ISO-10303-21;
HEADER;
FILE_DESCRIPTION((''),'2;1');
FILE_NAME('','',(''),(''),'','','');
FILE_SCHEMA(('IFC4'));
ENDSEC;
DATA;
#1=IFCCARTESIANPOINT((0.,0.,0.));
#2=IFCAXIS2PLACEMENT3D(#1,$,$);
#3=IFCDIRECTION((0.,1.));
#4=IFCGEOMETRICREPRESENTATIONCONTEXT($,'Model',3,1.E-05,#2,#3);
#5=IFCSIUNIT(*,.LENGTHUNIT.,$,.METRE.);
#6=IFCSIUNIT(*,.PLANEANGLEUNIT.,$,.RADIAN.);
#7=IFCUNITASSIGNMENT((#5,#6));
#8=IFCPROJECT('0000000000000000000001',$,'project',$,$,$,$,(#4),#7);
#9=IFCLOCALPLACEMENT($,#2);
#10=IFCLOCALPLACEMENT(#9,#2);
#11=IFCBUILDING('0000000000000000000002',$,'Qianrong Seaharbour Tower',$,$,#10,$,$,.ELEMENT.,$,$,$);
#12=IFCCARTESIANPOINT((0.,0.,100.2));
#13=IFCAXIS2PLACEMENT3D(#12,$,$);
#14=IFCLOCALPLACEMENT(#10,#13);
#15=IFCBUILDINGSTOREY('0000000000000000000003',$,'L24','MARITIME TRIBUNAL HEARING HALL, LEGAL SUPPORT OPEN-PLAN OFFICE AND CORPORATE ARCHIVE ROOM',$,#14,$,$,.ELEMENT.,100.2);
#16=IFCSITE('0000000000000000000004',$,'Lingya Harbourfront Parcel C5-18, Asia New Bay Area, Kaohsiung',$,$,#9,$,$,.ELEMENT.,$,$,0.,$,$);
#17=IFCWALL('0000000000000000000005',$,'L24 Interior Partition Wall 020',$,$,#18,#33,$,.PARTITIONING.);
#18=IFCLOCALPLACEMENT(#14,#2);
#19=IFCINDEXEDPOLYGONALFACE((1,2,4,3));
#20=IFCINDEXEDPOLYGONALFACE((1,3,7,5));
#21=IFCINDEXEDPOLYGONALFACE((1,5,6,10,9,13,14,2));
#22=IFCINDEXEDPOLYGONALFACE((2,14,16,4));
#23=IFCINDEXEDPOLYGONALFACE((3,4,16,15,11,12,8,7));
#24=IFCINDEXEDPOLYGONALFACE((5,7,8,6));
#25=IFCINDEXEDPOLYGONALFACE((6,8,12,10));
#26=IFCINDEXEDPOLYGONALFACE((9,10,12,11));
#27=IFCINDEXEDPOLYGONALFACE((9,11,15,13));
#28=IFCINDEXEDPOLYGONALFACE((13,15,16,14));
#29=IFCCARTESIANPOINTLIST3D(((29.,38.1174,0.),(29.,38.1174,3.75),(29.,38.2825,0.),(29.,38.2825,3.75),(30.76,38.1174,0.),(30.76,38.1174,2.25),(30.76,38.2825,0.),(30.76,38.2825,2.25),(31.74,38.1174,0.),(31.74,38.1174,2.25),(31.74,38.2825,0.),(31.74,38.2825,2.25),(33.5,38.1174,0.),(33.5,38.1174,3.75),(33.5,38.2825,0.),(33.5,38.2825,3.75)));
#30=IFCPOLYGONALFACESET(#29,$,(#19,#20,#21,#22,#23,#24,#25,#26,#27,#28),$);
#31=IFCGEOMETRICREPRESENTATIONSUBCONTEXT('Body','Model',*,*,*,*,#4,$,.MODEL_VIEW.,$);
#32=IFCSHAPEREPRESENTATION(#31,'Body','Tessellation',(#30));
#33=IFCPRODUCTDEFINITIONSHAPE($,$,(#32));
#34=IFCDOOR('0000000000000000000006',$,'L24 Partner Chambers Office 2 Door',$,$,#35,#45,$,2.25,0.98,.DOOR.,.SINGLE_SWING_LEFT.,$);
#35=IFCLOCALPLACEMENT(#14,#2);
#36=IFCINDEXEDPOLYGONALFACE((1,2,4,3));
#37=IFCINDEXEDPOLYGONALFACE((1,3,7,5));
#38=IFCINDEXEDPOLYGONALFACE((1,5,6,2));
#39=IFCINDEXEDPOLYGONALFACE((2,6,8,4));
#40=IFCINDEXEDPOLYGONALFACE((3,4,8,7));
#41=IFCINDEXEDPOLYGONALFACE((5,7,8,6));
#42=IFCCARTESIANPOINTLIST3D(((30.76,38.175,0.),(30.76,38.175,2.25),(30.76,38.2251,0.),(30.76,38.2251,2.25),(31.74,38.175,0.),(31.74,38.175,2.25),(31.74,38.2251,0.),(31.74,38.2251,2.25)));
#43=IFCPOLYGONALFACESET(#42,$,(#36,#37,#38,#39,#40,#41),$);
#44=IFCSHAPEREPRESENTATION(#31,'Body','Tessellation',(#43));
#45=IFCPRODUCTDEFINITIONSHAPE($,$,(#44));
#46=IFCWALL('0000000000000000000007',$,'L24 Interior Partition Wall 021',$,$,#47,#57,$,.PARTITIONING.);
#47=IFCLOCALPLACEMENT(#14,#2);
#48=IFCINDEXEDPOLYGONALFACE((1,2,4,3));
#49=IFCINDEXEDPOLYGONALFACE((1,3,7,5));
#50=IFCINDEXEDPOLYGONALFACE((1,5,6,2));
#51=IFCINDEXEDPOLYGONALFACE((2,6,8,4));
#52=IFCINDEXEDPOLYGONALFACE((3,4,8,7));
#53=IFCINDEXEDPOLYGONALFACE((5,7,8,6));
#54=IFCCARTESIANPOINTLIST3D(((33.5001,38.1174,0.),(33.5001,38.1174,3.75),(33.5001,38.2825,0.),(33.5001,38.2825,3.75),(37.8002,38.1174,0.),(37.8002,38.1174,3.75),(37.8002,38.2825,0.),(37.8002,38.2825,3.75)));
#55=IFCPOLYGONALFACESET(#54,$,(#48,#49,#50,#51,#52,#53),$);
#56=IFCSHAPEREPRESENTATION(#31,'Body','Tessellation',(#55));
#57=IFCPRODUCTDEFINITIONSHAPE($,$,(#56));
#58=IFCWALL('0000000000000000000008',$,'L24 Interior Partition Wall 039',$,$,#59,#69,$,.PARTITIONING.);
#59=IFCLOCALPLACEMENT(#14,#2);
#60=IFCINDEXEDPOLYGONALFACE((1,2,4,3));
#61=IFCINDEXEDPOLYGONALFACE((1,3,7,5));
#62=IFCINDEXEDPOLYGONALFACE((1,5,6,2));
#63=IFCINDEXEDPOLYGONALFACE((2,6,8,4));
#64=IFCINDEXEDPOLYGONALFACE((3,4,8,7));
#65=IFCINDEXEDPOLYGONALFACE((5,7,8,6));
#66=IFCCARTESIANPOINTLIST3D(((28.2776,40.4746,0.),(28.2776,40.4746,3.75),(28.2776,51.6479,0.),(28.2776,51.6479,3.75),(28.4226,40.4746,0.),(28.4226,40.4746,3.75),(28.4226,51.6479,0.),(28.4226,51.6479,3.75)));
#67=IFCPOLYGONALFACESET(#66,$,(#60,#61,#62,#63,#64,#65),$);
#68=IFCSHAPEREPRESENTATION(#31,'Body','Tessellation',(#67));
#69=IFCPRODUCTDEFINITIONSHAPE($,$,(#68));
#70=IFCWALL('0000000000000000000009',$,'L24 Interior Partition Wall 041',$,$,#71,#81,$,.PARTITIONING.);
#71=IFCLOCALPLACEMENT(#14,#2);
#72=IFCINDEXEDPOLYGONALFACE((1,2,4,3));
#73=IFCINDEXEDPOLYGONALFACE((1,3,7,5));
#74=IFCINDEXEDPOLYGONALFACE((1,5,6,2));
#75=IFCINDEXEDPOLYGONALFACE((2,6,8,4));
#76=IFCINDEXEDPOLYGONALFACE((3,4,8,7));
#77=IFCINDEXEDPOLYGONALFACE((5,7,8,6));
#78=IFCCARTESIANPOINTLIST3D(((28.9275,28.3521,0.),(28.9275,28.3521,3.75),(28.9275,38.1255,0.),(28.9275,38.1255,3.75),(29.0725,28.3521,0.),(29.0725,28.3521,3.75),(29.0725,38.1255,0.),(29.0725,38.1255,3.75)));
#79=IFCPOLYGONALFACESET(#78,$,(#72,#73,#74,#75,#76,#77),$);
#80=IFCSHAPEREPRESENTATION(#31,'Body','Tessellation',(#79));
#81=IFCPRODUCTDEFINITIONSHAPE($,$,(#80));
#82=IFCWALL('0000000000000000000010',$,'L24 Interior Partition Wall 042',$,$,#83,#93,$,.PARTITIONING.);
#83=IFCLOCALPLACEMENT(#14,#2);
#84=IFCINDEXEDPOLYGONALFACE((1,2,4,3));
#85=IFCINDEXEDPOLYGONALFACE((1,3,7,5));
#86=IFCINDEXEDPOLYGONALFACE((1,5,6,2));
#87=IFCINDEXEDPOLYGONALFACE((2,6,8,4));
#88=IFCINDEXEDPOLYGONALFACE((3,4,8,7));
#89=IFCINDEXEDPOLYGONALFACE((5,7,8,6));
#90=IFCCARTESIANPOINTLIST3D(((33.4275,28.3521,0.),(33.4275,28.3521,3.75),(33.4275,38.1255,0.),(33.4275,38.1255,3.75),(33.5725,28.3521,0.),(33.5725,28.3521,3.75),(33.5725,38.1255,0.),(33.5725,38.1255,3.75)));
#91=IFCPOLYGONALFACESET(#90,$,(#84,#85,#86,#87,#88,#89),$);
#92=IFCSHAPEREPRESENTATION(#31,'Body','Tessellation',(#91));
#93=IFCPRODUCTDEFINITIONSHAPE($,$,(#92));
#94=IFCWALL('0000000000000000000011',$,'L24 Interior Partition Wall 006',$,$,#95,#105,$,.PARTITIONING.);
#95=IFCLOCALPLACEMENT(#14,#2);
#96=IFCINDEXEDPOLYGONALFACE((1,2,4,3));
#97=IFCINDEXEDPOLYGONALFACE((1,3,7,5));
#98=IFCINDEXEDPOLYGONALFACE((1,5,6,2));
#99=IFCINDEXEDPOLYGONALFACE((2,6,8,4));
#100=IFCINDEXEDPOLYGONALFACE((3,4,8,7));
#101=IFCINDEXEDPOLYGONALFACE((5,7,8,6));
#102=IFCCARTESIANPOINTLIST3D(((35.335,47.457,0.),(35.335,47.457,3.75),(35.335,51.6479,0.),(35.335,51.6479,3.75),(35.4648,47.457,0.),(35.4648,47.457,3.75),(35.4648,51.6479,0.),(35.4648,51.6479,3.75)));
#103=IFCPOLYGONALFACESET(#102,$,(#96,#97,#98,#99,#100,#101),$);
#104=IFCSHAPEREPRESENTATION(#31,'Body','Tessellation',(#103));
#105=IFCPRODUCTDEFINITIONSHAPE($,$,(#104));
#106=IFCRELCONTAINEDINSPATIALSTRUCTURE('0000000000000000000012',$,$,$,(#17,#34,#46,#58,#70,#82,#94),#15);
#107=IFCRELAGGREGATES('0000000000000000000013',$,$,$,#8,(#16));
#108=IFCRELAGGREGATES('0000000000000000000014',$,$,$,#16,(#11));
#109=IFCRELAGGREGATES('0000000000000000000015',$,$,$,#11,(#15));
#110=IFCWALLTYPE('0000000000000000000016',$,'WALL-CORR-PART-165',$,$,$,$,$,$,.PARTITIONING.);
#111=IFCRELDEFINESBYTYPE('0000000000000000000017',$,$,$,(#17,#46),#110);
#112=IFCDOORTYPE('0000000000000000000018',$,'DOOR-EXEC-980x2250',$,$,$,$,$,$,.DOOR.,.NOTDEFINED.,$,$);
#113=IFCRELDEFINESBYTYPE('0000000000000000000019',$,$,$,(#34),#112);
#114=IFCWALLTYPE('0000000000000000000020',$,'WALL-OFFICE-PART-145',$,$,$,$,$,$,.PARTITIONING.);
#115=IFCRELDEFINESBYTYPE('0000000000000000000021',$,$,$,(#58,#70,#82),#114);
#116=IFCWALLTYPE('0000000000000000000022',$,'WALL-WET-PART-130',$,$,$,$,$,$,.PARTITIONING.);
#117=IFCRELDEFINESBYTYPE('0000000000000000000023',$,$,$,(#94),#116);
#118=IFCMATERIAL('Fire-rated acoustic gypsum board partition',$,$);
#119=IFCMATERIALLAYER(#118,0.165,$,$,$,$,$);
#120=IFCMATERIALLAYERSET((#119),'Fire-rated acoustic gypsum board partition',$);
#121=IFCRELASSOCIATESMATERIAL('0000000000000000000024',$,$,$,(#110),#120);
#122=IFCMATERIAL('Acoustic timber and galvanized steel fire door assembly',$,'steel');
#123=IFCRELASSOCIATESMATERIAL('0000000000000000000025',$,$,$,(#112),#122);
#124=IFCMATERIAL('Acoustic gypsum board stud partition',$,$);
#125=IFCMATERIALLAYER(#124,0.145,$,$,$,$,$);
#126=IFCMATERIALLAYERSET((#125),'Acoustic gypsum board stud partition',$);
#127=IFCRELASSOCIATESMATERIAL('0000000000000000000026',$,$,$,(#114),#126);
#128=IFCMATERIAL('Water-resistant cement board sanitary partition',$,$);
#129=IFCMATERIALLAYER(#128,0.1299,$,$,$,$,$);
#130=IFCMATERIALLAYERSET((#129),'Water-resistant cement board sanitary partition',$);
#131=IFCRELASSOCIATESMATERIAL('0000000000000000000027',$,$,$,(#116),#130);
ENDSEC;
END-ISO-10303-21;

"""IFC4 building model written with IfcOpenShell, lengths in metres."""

from ifc_helpers import new_model, si_unit, direction, frame, frame_2d, origin, place, context, subcontext, project, spatial, rectangle, extrude, material, layer, layer_set, type_object, element, fill, save


model = new_model("IFC4")

# Units and contexts
model_context = context("Model", 3, precision=1e-05, world=origin(), true_north=direction((0.0, 1.0)))
body_context = subcontext(model_context, "Body", "Model", "MODEL_VIEW")
ifc_project = project(units=[si_unit("LENGTHUNIT", "METRE"), si_unit("PLANEANGLEUNIT", "RADIAN")], contexts=[model_context])

# Site, building, storey
site_placement = place(None, origin())
site = spatial("IfcSite", under=ifc_project, at=site_placement, Name="Lingya Harbourfront Parcel C5-18, Asia New Bay Area, Kaohsiung", CompositionType="ELEMENT", RefElevation=0.0)
building_placement = place(site_placement, origin())
building = spatial("IfcBuilding", under=site, at=building_placement, Name="Qianrong Seaharbour Tower", CompositionType="ELEMENT")
storey_placement = place(building_placement, frame((0.0, 0.0, 100.2)))
storey = spatial("IfcBuildingStorey", under=building, at=storey_placement, Name="L24", Description="MARITIME TRIBUNAL HEARING HALL, LEGAL SUPPORT OPEN-PLAN OFFICE AND CORPORATE ARCHIVE ROOM", CompositionType="ELEMENT", Elevation=100.2)

# Wall, opening, door
ifc_material_1 = material(Name="Fire-rated acoustic gypsum board partition")
ifc_layer_1 = layer(ifc_material_1, 0.165)
ifc_layer_set_1 = layer_set([ifc_layer_1], Name="Fire-rated acoustic gypsum board partition")
wall_type_1 = type_object("IfcWallType", Name="WALL-CORR-PART-165", PredefinedType="PARTITIONING", material=ifc_layer_set_1)
ifc_material_2 = material(Name="Acoustic timber and galvanized steel fire door assembly", Category="steel")
wall_1_placement = place(storey_placement, frame((33.5, 38.2, 0.0), z_axis=(0.0, 0.0, 1.0), x_axis=(-1.0, 0.0, 0.0)))
wall_1 = element("IfcWall", 1, at=wall_1_placement, inside=storey, type_object=wall_type_1, Name="L24 Interior Partition Wall 020", PredefinedType="PARTITIONING", context=body_context, shape_type="SweptSolid", body=[
    extrude(rectangle(XDim=4.5, YDim=0.165, at=frame_2d((2.25, 0.0))), origin(), (0.0, 0.0, 1.0), 3.75),
])
opening_1_placement = place(wall_1_placement, frame((1.76, 0.0, 0.0)))
opening_1 = element("IfcOpeningElement", 2, at=opening_1_placement, cuts=wall_1, PredefinedType="OPENING", context=body_context, shape_type="SweptSolid", body=[
    extrude(rectangle(XDim=0.98, YDim=2.25, at=frame_2d((0.49, 1.125))), frame((0.0, 0.0925, 0.0), z_axis=(0.0, -1.0, 0.0), x_axis=(1.0, 0.0, 0.0)), (0.0, 0.0, 1.0), 0.1851),
])
door_type_1 = type_object("IfcDoorType", Name="DOOR-EXEC-980x2250", OperationType="NOTDEFINED", PredefinedType="DOOR", material=ifc_material_2)
door_1_placement = place(opening_1_placement, origin())
door_1 = element("IfcDoor", 3, at=door_1_placement, inside=storey, type_object=door_type_1, Name="L24 Partner Chambers Office 2 Door", OperationType="SINGLE_SWING_LEFT", OverallHeight=2.25, OverallWidth=0.98, PredefinedType="DOOR", context=body_context, shape_type="SweptSolid", body=[
    extrude(rectangle(XDim=0.98, YDim=2.25, at=frame_2d((0.49, 1.125))), frame((0.0, 0.0249, 0.0), z_axis=(0.0, -1.0, 0.0), x_axis=(1.0, 0.0, 0.0)), (0.0, 0.0, 1.0), 0.05),
])
fill(opening_1, door_1)

# Walls
wall_2_placement = place(storey_placement, frame((37.8, 38.2, 0.0), z_axis=(0.0, 0.0, 1.0), x_axis=(-1.0, 0.0, 0.0)))
element("IfcWall", 4, at=wall_2_placement, inside=storey, type_object=wall_type_1, Name="L24 Interior Partition Wall 021", PredefinedType="PARTITIONING", context=body_context, shape_type="SweptSolid", body=[
    extrude(rectangle(XDim=4.3, YDim=0.165, at=frame_2d((2.1499, 0.0))), origin(), (0.0, 0.0, 1.0), 3.75),
])
ifc_material_3 = material(Name="Acoustic gypsum board stud partition")
ifc_layer_2 = layer(ifc_material_3, 0.145)
ifc_layer_set_2 = layer_set([ifc_layer_2], Name="Acoustic gypsum board stud partition")
wall_type_2 = type_object("IfcWallType", Name="WALL-OFFICE-PART-145", PredefinedType="PARTITIONING", material=ifc_layer_set_2)
wall_3_placement = place(storey_placement, frame((28.3501, 51.6479, 0.0), z_axis=(0.0, 0.0, 1.0), x_axis=(0.0, -1.0, 0.0)))
element("IfcWall", 5, at=wall_3_placement, inside=storey, type_object=wall_type_2, Name="L24 Interior Partition Wall 039", PredefinedType="PARTITIONING", context=body_context, shape_type="SweptSolid", body=[
    extrude(rectangle(XDim=11.1733, YDim=0.145, at=frame_2d((5.5867, 0.0))), origin(), (0.0, 0.0, 1.0), 3.75),
])
for number, where, z_axis, x_axis, name in (
    (6, (29.0, 38.1255, 0.0), (0.0, 0.0, 1.0), (0.0, -1.0, 0.0), "L24 Interior Partition Wall 041"),
    (7, (33.5, 38.1255, 0.0), (0.0, 0.0, 1.0), (0.0, -1.0, 0.0), "L24 Interior Partition Wall 042"),
):
    element("IfcWall", number, at=place(storey_placement, frame(where, z_axis=z_axis, x_axis=x_axis)), inside=storey, type_object=wall_type_2, Name=name, PredefinedType="PARTITIONING", context=body_context, shape_type="SweptSolid", body=[
        extrude(rectangle(XDim=9.7734, YDim=0.145, at=frame_2d((4.8867, 0.0))), origin(), (0.0, 0.0, 1.0), 3.75),
    ])
ifc_material_4 = material(Name="Water-resistant cement board sanitary partition")
ifc_layer_3 = layer(ifc_material_4, 0.1299)
ifc_layer_set_3 = layer_set([ifc_layer_3], Name="Water-resistant cement board sanitary partition")
wall_type_3 = type_object("IfcWallType", Name="WALL-WET-PART-130", PredefinedType="PARTITIONING", material=ifc_layer_set_3)
wall_4_placement = place(storey_placement, frame((35.3999, 47.457, 0.0), z_axis=(0.0, 0.0, 1.0), x_axis=(0.0, 1.0, 0.0)))
element("IfcWall", 8, at=wall_4_placement, inside=storey, type_object=wall_type_3, Name="L24 Interior Partition Wall 006", PredefinedType="PARTITIONING", context=body_context, shape_type="SweptSolid", body=[
    extrude(rectangle(XDim=4.1909, YDim=0.1299, at=frame_2d((2.0955, 0.0))), origin(), (0.0, 0.0, 1.0), 3.75),
])

save(model, "model.ifc")
